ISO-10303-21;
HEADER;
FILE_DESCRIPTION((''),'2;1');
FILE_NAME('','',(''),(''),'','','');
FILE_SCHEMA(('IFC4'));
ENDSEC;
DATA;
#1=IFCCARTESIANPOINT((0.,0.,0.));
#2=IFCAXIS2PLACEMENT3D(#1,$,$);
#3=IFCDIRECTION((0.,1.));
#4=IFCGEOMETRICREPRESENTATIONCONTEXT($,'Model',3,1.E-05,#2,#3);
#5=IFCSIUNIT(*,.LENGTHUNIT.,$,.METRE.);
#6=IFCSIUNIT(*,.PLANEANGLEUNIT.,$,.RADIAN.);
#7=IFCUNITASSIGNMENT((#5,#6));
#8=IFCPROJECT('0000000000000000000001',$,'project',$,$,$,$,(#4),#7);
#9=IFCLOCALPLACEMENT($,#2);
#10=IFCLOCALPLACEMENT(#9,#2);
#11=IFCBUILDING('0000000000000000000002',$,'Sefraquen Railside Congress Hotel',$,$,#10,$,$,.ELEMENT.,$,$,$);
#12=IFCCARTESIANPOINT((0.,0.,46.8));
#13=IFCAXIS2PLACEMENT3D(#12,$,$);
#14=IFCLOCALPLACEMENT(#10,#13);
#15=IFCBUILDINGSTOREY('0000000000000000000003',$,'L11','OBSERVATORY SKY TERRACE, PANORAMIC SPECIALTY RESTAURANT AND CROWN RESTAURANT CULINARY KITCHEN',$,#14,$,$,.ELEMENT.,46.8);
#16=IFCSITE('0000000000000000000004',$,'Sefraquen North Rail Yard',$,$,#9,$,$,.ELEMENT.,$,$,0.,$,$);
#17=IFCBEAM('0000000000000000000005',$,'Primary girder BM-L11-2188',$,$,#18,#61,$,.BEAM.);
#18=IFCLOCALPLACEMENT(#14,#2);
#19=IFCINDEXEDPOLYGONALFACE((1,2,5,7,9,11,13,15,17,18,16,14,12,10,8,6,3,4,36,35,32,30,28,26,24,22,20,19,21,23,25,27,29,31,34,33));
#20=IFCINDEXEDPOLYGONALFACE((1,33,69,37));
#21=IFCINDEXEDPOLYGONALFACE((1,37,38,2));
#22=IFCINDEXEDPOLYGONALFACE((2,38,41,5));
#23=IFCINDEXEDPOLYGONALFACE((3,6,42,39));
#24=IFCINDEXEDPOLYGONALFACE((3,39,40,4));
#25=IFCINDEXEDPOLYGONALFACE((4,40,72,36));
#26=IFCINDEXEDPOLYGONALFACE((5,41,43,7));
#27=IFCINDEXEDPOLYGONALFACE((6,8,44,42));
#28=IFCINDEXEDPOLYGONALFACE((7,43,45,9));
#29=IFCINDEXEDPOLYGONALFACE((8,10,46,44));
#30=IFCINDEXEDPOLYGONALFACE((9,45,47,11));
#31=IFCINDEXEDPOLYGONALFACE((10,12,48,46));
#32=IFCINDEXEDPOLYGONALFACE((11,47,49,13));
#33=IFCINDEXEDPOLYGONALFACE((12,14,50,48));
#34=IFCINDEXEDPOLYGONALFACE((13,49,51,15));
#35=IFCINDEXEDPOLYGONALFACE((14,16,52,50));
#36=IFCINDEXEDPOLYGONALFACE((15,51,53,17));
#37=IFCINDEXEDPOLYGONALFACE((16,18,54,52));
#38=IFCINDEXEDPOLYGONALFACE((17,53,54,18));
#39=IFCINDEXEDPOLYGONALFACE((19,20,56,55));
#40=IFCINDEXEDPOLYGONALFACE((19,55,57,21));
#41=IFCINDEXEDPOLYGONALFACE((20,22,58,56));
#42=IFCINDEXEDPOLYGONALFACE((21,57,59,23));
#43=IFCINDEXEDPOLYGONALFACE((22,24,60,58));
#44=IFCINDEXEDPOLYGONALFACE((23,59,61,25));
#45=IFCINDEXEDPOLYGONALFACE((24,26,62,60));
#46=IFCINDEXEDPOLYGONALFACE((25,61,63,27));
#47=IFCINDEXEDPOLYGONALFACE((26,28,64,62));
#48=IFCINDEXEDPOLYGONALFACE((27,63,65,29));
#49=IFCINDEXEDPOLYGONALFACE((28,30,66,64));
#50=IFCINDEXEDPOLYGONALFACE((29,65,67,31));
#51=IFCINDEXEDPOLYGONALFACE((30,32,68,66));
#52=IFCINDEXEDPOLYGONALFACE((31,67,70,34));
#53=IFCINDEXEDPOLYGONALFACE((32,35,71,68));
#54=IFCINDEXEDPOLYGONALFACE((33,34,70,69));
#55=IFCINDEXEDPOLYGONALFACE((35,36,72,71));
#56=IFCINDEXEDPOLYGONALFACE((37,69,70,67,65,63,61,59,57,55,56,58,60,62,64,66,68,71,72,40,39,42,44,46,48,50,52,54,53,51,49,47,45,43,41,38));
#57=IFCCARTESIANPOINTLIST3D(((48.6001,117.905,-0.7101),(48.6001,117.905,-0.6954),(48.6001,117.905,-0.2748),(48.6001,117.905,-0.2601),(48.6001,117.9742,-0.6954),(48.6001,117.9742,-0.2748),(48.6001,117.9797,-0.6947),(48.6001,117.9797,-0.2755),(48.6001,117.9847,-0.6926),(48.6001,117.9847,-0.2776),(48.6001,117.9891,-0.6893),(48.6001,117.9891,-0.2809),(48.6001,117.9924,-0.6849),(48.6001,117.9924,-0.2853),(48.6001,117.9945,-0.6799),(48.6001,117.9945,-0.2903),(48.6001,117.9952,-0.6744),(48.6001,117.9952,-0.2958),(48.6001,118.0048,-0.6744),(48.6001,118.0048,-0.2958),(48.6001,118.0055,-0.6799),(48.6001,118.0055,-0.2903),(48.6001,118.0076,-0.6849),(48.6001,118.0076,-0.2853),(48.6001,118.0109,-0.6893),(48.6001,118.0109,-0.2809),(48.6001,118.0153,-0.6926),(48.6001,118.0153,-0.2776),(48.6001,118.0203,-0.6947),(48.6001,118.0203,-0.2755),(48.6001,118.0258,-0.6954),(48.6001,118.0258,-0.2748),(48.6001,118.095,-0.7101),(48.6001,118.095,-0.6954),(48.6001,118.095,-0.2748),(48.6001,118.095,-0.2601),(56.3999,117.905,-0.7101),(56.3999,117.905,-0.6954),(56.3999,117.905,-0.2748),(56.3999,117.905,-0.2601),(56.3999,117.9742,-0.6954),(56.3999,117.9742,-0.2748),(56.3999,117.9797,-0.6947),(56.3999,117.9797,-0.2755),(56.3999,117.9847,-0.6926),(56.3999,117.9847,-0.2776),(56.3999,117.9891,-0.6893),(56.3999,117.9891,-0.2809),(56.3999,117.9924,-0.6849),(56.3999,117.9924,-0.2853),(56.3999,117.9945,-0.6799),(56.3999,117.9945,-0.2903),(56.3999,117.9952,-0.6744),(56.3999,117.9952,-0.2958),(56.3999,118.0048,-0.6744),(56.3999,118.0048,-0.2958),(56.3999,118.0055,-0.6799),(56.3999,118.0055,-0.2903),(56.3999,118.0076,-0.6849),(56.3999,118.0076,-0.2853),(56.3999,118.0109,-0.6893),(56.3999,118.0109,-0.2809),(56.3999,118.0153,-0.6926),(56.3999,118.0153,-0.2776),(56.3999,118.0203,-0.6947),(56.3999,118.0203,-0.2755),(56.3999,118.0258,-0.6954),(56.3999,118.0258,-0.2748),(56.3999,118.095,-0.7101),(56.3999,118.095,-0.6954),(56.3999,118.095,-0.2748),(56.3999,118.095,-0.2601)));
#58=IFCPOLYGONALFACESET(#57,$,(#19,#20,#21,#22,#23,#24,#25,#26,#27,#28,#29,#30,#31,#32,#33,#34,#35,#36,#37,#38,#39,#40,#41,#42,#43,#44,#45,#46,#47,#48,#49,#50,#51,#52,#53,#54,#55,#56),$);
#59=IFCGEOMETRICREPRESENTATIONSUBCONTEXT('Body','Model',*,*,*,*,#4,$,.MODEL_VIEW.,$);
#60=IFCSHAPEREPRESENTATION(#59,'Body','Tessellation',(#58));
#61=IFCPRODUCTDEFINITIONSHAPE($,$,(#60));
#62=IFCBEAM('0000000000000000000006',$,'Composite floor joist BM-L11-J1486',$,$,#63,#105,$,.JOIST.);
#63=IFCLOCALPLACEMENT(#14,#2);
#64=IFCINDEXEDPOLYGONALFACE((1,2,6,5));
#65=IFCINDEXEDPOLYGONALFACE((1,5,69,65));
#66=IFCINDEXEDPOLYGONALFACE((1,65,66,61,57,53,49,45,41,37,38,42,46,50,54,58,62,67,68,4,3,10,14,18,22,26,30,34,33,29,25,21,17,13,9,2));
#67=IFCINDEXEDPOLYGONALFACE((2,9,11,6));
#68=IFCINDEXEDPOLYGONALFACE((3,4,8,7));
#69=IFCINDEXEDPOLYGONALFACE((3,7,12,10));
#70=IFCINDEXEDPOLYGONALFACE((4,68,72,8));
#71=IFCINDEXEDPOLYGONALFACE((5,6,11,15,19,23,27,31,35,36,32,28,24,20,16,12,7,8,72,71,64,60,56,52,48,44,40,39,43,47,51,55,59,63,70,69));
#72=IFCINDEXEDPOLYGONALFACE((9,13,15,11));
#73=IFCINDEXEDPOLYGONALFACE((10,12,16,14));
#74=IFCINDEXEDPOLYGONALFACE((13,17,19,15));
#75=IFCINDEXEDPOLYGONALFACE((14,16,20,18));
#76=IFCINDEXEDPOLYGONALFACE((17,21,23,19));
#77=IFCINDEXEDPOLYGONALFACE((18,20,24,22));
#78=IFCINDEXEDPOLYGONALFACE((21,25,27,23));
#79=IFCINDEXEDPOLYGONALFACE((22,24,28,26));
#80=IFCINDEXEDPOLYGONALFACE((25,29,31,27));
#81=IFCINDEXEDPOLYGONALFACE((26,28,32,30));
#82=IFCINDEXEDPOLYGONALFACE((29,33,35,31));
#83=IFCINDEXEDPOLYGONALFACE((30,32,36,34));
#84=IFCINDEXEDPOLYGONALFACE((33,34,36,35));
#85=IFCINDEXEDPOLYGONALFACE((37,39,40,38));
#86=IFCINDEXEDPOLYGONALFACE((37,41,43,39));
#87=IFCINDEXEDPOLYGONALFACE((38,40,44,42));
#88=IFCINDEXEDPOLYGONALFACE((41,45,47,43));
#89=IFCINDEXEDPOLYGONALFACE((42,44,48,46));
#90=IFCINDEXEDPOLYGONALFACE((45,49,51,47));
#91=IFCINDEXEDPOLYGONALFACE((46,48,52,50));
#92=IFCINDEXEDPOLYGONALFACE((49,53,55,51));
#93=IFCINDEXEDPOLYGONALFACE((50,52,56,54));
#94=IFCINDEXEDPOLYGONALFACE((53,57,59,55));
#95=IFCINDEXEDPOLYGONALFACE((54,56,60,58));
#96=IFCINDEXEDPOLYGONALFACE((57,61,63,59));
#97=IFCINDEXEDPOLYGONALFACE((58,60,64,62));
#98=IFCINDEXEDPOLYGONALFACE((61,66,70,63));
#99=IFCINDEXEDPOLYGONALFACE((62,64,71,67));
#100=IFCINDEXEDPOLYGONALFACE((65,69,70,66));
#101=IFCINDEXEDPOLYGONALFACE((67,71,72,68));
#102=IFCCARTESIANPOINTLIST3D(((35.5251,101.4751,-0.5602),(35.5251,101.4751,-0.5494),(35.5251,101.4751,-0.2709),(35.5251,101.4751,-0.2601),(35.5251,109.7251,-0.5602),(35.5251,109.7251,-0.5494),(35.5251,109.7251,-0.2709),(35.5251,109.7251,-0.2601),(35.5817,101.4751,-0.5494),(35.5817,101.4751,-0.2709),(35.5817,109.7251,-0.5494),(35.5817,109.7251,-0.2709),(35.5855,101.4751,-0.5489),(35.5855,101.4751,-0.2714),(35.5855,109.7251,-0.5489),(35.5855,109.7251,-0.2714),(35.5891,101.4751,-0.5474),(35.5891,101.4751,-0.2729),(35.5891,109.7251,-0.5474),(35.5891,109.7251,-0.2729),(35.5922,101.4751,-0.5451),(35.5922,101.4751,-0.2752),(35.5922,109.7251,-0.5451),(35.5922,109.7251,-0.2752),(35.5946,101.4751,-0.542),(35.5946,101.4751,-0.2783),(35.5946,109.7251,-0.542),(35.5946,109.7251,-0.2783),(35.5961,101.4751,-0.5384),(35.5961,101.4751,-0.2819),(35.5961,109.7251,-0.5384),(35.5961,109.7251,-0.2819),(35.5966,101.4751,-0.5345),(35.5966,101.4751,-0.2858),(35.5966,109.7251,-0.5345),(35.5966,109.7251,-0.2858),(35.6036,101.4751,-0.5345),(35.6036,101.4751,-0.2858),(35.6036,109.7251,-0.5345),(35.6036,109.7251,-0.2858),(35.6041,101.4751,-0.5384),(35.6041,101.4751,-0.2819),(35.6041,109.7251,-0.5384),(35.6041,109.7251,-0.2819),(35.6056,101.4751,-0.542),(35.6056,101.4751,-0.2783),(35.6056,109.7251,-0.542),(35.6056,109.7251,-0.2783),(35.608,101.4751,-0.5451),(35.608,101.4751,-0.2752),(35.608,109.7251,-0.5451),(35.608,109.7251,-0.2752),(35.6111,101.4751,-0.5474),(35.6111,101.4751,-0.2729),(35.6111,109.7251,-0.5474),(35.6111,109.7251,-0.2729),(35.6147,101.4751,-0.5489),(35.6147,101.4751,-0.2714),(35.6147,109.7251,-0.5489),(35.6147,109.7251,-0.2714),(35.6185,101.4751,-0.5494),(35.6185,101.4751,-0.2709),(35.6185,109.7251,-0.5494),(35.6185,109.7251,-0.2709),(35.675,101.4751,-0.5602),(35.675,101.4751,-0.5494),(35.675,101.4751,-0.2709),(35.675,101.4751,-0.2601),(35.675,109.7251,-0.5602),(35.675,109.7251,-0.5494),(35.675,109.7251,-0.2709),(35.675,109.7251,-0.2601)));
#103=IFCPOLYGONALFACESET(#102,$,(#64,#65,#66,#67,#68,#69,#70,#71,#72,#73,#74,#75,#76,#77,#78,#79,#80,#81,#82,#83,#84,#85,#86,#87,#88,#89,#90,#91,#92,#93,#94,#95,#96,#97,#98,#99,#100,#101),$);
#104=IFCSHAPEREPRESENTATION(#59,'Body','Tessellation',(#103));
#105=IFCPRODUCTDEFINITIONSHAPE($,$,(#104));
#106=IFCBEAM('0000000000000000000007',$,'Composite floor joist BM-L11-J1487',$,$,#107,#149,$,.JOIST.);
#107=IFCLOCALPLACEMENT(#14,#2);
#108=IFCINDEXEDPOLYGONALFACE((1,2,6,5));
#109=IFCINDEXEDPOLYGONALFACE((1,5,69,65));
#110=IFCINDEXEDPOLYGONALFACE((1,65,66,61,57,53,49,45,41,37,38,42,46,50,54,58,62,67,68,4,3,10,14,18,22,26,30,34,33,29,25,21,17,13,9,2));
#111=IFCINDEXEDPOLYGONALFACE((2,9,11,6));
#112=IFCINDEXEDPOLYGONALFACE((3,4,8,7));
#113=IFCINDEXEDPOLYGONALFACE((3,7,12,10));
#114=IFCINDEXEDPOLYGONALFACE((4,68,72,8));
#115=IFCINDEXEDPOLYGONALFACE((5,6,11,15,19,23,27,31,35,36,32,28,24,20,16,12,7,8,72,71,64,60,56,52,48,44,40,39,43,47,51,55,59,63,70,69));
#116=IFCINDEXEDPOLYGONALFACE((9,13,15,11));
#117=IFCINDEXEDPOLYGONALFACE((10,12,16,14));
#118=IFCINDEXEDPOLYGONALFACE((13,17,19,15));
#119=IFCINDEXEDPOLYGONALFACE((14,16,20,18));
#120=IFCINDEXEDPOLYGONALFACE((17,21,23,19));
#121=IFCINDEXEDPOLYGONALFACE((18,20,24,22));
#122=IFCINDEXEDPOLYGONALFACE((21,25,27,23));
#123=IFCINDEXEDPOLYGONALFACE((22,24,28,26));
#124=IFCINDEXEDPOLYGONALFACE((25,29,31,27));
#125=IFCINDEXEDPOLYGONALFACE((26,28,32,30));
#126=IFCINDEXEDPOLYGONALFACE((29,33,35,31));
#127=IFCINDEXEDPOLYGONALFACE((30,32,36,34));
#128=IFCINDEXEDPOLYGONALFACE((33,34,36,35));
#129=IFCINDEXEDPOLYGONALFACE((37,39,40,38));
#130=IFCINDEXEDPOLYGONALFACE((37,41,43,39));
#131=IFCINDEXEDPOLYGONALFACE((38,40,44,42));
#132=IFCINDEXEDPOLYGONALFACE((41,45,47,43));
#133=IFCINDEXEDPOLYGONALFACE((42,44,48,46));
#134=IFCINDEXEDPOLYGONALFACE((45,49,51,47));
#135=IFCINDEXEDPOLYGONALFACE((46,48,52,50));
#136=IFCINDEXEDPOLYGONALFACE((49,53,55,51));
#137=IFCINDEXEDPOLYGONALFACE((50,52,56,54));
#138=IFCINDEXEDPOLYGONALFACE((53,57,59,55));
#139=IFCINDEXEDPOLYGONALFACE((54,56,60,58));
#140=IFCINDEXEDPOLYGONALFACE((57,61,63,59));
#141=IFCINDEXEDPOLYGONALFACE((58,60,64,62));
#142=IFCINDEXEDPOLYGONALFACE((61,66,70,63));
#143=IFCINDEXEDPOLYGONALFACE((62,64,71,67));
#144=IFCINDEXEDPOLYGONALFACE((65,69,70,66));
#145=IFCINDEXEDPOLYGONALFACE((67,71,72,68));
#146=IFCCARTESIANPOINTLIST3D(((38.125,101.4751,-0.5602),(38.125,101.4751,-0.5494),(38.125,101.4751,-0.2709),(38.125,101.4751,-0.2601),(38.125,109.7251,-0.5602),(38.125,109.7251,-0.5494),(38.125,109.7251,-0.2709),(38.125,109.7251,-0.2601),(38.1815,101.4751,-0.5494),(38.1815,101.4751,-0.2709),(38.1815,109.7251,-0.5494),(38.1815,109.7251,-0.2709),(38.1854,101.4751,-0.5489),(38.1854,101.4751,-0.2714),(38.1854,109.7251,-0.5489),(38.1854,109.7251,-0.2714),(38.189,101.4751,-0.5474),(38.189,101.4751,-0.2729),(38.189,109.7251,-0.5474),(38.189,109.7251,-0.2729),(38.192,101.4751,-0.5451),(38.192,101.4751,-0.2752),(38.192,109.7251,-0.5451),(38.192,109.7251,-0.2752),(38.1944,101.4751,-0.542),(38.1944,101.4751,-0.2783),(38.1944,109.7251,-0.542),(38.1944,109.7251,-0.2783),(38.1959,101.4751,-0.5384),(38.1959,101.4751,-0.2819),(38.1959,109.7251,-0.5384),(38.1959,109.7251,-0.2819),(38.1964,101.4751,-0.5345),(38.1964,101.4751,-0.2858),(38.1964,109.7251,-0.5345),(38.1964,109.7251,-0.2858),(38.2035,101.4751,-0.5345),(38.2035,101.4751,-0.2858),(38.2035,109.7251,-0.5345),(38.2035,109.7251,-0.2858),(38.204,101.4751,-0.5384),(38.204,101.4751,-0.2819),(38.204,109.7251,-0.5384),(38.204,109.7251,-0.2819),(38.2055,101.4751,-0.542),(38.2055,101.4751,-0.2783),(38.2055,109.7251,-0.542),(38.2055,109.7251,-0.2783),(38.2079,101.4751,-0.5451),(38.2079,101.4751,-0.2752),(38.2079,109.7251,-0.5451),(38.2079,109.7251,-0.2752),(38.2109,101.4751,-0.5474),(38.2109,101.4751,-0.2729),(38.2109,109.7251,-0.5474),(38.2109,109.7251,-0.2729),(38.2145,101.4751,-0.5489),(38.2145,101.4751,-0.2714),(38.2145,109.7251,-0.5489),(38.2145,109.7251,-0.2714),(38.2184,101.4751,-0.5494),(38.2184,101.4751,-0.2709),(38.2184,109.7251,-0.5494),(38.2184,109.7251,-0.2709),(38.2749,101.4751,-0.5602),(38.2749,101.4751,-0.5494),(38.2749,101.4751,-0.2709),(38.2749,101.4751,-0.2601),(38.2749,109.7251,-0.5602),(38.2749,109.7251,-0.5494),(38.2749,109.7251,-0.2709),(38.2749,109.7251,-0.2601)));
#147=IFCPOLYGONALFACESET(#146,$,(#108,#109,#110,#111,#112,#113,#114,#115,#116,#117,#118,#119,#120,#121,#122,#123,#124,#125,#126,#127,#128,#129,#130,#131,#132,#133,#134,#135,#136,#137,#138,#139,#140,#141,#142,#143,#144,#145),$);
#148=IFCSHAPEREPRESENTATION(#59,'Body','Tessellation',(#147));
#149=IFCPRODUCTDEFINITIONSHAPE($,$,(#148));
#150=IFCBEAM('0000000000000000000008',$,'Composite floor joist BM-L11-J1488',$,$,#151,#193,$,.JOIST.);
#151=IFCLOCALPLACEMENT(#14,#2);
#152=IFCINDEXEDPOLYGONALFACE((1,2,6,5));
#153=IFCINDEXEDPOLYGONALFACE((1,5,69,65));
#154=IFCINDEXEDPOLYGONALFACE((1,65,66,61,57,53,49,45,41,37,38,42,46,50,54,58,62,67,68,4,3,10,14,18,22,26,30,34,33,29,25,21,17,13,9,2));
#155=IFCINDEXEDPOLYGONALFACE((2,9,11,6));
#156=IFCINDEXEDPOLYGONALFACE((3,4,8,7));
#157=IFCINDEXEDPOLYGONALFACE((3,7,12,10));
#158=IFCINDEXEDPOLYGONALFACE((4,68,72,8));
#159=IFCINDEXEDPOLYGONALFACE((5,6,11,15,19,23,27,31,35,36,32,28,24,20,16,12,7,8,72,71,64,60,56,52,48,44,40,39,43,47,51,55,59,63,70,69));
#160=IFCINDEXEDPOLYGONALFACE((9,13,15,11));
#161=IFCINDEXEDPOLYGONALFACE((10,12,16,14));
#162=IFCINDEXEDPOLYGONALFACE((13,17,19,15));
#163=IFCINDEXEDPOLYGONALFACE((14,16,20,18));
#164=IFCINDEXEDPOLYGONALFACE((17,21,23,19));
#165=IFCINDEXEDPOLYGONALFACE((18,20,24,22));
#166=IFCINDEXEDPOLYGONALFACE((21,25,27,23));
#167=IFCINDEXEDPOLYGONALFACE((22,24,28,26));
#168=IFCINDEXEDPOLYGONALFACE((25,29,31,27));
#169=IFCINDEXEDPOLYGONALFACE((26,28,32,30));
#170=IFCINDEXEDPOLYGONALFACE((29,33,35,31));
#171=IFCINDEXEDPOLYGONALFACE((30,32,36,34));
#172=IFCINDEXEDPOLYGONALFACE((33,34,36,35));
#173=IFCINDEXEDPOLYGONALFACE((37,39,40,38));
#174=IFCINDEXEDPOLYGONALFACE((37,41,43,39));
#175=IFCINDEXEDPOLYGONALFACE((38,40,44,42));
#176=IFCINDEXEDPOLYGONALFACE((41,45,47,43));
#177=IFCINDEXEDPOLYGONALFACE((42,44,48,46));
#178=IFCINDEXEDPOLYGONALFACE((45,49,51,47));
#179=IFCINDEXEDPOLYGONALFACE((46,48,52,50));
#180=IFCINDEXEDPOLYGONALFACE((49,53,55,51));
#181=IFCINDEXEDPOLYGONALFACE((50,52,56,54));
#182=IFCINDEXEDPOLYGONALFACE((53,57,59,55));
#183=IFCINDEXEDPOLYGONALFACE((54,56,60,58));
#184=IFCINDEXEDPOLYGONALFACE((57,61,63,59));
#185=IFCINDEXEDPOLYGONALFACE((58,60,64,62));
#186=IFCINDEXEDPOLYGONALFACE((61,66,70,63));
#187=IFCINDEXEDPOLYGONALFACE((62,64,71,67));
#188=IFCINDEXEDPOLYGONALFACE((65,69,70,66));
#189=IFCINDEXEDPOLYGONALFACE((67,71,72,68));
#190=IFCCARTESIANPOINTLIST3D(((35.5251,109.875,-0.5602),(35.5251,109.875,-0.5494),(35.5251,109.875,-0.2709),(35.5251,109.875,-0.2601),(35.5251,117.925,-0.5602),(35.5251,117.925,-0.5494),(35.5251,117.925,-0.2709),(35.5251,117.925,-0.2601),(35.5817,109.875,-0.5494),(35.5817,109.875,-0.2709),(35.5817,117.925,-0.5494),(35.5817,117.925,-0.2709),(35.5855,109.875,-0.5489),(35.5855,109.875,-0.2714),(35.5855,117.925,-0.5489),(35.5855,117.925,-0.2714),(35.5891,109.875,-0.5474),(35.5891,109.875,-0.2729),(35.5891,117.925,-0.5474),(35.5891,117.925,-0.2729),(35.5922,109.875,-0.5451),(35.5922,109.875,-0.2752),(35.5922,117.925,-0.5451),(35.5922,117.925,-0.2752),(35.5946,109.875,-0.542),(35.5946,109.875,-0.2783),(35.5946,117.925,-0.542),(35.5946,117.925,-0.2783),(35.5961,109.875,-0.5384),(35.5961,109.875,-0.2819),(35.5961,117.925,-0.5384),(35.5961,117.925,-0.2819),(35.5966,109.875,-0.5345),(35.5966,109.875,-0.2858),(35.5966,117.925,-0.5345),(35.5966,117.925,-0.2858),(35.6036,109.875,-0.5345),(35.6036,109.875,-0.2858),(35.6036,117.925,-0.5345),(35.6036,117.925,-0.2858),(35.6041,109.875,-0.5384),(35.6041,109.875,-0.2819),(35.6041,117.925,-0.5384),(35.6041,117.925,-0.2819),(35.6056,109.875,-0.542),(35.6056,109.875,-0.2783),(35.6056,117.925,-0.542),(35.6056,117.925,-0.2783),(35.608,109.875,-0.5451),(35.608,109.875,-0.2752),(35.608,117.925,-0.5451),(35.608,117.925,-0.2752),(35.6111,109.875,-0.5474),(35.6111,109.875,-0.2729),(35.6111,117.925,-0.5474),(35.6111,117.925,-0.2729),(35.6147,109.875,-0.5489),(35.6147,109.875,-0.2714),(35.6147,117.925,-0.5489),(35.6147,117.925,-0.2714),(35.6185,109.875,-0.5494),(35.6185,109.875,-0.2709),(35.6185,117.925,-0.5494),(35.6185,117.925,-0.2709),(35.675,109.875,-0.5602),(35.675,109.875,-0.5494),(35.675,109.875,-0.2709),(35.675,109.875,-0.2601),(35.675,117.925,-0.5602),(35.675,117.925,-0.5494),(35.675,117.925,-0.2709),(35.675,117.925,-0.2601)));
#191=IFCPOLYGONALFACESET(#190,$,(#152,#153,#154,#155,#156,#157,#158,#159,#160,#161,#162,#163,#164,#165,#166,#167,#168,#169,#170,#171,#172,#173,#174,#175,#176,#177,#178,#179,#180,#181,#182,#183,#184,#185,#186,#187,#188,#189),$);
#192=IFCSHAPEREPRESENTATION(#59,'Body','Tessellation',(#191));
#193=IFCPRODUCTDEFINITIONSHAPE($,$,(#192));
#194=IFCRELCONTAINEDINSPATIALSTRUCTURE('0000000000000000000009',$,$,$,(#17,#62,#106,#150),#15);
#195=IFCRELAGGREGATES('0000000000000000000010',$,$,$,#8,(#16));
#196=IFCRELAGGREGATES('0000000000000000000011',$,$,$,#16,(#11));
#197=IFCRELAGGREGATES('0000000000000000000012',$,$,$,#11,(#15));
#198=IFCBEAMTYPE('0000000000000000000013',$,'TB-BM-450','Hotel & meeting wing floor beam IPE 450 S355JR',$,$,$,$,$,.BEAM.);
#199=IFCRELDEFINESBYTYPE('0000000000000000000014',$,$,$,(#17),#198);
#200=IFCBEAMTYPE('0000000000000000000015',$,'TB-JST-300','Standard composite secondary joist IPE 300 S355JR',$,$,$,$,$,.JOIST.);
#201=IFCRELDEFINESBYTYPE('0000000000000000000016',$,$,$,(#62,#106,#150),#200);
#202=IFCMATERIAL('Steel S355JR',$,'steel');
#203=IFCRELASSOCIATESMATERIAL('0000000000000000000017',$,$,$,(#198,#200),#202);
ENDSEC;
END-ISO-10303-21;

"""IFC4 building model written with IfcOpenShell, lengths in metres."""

from ifc_helpers import new_model, si_unit, direction, frame, origin, origin_2d, place, context, subcontext, project, spatial, i_section, extrude, material, material_profile, profile_set, type_object, element, save


model = new_model("IFC4")

# Units and contexts
model_context = context("Model", 3, precision=1e-05, world=origin(), true_north=direction((0.0, 1.0)))
body_context = subcontext(model_context, "Body", "Model", "MODEL_VIEW")
ifc_project = project(units=[si_unit("LENGTHUNIT", "METRE"), si_unit("PLANEANGLEUNIT", "RADIAN")], contexts=[model_context])

# Site, building, storey
site_placement = place(None, origin())
site = spatial("IfcSite", under=ifc_project, at=site_placement, Name="Sefraquen North Rail Yard", CompositionType="ELEMENT", RefElevation=0.0)
building_placement = place(site_placement, origin())
building = spatial("IfcBuilding", under=site, at=building_placement, Name="Sefraquen Railside Congress Hotel", CompositionType="ELEMENT")
storey_placement = place(building_placement, frame((0.0, 0.0, 46.8)))
storey = spatial("IfcBuildingStorey", under=building, at=storey_placement, Name="L11", Description="OBSERVATORY SKY TERRACE, PANORAMIC SPECIALTY RESTAURANT AND CROWN RESTAURANT CULINARY KITCHEN", CompositionType="ELEMENT", Elevation=46.8)

# Shared definitions
ifc_material_1 = material(Name="Steel S355JR", Category="steel")

# Beams
ifc_material_profile_1 = material_profile(ifc_material_1, i_section(OverallWidth=0.1899, OverallDepth=0.45, WebThickness=0.0095, FlangeThickness=0.0146, FilletRadius=0.021, at=origin_2d()), Name="IPE 450")
ifc_profile_set_1 = profile_set([ifc_material_profile_1], Name="Steel S355JR")
beam_type_1 = type_object("IfcBeamType", Name="TB-BM-450", Description="Hotel & meeting wing floor beam IPE 450 S355JR", PredefinedType="BEAM", material=ifc_profile_set_1)
beam_1_placement = place(storey_placement, frame((48.6001, 118.0, -0.4851), z_axis=(1.0, 0.0, 0.0), x_axis=(0.0, 1.0, 0.0)))
element("IfcBeam", 1, at=beam_1_placement, inside=storey, type_object=beam_type_1, Name="Primary girder BM-L11-2188", PredefinedType="BEAM", context=body_context, shape_type="SweptSolid", body=[
    extrude(i_section(OverallWidth=0.1899, OverallDepth=0.45, WebThickness=0.0095, FlangeThickness=0.0146, FilletRadius=0.021, at=origin_2d()), origin(), (0.0, 0.0, 1.0), 7.7998),
])
ifc_material_profile_2 = material_profile(ifc_material_1, i_section(OverallWidth=0.1499, OverallDepth=0.3, WebThickness=0.0071, FlangeThickness=0.0107, FilletRadius=0.0149, at=origin_2d()), Name="IPE 300")
ifc_profile_set_2 = profile_set([ifc_material_profile_2], Name="Steel S355JR")
beam_type_2 = type_object("IfcBeamType", Name="TB-JST-300", Description="Standard composite secondary joist IPE 300 S355JR", PredefinedType="JOIST", material=ifc_profile_set_2)
for number, where, z_axis, x_axis, name in (
    (2, (35.6001, 101.4751, -0.4102), (0.0, 1.0, 0.0), (-1.0, 0.0, 0.0), "Composite floor joist BM-L11-J1486"),
    (3, (38.2, 101.4751, -0.4102), (0.0, 1.0, 0.0), (-1.0, 0.0, 0.0), "Composite floor joist BM-L11-J1487"),
):
    element("IfcBeam", number, at=place(storey_placement, frame(where, z_axis=z_axis, x_axis=x_axis)), inside=storey, type_object=beam_type_2, Name=name, PredefinedType="JOIST", context=body_context, shape_type="SweptSolid", body=[
        extrude(i_section(OverallWidth=0.1499, OverallDepth=0.3, WebThickness=0.0071, FlangeThickness=0.0107, FilletRadius=0.0149, at=origin_2d()), origin(), (0.0, 0.0, 1.0), 8.25),
    ])
for number, where, z_axis, x_axis, name in (
    (4, (35.6001, 109.875, -0.4102), (0.0, 1.0, 0.0), (-1.0, 0.0, 0.0), "Composite floor joist BM-L11-J1488"),
):
    element("IfcBeam", number, at=place(storey_placement, frame(where, z_axis=z_axis, x_axis=x_axis)), inside=storey, type_object=beam_type_2, Name=name, PredefinedType="JOIST", context=body_context, shape_type="SweptSolid", body=[
        extrude(i_section(OverallWidth=0.1499, OverallDepth=0.3, WebThickness=0.0071, FlangeThickness=0.0107, FilletRadius=0.0149, at=origin_2d()), origin(), (0.0, 0.0, 1.0), 8.05),
    ])

save(model, "model.ifc")
